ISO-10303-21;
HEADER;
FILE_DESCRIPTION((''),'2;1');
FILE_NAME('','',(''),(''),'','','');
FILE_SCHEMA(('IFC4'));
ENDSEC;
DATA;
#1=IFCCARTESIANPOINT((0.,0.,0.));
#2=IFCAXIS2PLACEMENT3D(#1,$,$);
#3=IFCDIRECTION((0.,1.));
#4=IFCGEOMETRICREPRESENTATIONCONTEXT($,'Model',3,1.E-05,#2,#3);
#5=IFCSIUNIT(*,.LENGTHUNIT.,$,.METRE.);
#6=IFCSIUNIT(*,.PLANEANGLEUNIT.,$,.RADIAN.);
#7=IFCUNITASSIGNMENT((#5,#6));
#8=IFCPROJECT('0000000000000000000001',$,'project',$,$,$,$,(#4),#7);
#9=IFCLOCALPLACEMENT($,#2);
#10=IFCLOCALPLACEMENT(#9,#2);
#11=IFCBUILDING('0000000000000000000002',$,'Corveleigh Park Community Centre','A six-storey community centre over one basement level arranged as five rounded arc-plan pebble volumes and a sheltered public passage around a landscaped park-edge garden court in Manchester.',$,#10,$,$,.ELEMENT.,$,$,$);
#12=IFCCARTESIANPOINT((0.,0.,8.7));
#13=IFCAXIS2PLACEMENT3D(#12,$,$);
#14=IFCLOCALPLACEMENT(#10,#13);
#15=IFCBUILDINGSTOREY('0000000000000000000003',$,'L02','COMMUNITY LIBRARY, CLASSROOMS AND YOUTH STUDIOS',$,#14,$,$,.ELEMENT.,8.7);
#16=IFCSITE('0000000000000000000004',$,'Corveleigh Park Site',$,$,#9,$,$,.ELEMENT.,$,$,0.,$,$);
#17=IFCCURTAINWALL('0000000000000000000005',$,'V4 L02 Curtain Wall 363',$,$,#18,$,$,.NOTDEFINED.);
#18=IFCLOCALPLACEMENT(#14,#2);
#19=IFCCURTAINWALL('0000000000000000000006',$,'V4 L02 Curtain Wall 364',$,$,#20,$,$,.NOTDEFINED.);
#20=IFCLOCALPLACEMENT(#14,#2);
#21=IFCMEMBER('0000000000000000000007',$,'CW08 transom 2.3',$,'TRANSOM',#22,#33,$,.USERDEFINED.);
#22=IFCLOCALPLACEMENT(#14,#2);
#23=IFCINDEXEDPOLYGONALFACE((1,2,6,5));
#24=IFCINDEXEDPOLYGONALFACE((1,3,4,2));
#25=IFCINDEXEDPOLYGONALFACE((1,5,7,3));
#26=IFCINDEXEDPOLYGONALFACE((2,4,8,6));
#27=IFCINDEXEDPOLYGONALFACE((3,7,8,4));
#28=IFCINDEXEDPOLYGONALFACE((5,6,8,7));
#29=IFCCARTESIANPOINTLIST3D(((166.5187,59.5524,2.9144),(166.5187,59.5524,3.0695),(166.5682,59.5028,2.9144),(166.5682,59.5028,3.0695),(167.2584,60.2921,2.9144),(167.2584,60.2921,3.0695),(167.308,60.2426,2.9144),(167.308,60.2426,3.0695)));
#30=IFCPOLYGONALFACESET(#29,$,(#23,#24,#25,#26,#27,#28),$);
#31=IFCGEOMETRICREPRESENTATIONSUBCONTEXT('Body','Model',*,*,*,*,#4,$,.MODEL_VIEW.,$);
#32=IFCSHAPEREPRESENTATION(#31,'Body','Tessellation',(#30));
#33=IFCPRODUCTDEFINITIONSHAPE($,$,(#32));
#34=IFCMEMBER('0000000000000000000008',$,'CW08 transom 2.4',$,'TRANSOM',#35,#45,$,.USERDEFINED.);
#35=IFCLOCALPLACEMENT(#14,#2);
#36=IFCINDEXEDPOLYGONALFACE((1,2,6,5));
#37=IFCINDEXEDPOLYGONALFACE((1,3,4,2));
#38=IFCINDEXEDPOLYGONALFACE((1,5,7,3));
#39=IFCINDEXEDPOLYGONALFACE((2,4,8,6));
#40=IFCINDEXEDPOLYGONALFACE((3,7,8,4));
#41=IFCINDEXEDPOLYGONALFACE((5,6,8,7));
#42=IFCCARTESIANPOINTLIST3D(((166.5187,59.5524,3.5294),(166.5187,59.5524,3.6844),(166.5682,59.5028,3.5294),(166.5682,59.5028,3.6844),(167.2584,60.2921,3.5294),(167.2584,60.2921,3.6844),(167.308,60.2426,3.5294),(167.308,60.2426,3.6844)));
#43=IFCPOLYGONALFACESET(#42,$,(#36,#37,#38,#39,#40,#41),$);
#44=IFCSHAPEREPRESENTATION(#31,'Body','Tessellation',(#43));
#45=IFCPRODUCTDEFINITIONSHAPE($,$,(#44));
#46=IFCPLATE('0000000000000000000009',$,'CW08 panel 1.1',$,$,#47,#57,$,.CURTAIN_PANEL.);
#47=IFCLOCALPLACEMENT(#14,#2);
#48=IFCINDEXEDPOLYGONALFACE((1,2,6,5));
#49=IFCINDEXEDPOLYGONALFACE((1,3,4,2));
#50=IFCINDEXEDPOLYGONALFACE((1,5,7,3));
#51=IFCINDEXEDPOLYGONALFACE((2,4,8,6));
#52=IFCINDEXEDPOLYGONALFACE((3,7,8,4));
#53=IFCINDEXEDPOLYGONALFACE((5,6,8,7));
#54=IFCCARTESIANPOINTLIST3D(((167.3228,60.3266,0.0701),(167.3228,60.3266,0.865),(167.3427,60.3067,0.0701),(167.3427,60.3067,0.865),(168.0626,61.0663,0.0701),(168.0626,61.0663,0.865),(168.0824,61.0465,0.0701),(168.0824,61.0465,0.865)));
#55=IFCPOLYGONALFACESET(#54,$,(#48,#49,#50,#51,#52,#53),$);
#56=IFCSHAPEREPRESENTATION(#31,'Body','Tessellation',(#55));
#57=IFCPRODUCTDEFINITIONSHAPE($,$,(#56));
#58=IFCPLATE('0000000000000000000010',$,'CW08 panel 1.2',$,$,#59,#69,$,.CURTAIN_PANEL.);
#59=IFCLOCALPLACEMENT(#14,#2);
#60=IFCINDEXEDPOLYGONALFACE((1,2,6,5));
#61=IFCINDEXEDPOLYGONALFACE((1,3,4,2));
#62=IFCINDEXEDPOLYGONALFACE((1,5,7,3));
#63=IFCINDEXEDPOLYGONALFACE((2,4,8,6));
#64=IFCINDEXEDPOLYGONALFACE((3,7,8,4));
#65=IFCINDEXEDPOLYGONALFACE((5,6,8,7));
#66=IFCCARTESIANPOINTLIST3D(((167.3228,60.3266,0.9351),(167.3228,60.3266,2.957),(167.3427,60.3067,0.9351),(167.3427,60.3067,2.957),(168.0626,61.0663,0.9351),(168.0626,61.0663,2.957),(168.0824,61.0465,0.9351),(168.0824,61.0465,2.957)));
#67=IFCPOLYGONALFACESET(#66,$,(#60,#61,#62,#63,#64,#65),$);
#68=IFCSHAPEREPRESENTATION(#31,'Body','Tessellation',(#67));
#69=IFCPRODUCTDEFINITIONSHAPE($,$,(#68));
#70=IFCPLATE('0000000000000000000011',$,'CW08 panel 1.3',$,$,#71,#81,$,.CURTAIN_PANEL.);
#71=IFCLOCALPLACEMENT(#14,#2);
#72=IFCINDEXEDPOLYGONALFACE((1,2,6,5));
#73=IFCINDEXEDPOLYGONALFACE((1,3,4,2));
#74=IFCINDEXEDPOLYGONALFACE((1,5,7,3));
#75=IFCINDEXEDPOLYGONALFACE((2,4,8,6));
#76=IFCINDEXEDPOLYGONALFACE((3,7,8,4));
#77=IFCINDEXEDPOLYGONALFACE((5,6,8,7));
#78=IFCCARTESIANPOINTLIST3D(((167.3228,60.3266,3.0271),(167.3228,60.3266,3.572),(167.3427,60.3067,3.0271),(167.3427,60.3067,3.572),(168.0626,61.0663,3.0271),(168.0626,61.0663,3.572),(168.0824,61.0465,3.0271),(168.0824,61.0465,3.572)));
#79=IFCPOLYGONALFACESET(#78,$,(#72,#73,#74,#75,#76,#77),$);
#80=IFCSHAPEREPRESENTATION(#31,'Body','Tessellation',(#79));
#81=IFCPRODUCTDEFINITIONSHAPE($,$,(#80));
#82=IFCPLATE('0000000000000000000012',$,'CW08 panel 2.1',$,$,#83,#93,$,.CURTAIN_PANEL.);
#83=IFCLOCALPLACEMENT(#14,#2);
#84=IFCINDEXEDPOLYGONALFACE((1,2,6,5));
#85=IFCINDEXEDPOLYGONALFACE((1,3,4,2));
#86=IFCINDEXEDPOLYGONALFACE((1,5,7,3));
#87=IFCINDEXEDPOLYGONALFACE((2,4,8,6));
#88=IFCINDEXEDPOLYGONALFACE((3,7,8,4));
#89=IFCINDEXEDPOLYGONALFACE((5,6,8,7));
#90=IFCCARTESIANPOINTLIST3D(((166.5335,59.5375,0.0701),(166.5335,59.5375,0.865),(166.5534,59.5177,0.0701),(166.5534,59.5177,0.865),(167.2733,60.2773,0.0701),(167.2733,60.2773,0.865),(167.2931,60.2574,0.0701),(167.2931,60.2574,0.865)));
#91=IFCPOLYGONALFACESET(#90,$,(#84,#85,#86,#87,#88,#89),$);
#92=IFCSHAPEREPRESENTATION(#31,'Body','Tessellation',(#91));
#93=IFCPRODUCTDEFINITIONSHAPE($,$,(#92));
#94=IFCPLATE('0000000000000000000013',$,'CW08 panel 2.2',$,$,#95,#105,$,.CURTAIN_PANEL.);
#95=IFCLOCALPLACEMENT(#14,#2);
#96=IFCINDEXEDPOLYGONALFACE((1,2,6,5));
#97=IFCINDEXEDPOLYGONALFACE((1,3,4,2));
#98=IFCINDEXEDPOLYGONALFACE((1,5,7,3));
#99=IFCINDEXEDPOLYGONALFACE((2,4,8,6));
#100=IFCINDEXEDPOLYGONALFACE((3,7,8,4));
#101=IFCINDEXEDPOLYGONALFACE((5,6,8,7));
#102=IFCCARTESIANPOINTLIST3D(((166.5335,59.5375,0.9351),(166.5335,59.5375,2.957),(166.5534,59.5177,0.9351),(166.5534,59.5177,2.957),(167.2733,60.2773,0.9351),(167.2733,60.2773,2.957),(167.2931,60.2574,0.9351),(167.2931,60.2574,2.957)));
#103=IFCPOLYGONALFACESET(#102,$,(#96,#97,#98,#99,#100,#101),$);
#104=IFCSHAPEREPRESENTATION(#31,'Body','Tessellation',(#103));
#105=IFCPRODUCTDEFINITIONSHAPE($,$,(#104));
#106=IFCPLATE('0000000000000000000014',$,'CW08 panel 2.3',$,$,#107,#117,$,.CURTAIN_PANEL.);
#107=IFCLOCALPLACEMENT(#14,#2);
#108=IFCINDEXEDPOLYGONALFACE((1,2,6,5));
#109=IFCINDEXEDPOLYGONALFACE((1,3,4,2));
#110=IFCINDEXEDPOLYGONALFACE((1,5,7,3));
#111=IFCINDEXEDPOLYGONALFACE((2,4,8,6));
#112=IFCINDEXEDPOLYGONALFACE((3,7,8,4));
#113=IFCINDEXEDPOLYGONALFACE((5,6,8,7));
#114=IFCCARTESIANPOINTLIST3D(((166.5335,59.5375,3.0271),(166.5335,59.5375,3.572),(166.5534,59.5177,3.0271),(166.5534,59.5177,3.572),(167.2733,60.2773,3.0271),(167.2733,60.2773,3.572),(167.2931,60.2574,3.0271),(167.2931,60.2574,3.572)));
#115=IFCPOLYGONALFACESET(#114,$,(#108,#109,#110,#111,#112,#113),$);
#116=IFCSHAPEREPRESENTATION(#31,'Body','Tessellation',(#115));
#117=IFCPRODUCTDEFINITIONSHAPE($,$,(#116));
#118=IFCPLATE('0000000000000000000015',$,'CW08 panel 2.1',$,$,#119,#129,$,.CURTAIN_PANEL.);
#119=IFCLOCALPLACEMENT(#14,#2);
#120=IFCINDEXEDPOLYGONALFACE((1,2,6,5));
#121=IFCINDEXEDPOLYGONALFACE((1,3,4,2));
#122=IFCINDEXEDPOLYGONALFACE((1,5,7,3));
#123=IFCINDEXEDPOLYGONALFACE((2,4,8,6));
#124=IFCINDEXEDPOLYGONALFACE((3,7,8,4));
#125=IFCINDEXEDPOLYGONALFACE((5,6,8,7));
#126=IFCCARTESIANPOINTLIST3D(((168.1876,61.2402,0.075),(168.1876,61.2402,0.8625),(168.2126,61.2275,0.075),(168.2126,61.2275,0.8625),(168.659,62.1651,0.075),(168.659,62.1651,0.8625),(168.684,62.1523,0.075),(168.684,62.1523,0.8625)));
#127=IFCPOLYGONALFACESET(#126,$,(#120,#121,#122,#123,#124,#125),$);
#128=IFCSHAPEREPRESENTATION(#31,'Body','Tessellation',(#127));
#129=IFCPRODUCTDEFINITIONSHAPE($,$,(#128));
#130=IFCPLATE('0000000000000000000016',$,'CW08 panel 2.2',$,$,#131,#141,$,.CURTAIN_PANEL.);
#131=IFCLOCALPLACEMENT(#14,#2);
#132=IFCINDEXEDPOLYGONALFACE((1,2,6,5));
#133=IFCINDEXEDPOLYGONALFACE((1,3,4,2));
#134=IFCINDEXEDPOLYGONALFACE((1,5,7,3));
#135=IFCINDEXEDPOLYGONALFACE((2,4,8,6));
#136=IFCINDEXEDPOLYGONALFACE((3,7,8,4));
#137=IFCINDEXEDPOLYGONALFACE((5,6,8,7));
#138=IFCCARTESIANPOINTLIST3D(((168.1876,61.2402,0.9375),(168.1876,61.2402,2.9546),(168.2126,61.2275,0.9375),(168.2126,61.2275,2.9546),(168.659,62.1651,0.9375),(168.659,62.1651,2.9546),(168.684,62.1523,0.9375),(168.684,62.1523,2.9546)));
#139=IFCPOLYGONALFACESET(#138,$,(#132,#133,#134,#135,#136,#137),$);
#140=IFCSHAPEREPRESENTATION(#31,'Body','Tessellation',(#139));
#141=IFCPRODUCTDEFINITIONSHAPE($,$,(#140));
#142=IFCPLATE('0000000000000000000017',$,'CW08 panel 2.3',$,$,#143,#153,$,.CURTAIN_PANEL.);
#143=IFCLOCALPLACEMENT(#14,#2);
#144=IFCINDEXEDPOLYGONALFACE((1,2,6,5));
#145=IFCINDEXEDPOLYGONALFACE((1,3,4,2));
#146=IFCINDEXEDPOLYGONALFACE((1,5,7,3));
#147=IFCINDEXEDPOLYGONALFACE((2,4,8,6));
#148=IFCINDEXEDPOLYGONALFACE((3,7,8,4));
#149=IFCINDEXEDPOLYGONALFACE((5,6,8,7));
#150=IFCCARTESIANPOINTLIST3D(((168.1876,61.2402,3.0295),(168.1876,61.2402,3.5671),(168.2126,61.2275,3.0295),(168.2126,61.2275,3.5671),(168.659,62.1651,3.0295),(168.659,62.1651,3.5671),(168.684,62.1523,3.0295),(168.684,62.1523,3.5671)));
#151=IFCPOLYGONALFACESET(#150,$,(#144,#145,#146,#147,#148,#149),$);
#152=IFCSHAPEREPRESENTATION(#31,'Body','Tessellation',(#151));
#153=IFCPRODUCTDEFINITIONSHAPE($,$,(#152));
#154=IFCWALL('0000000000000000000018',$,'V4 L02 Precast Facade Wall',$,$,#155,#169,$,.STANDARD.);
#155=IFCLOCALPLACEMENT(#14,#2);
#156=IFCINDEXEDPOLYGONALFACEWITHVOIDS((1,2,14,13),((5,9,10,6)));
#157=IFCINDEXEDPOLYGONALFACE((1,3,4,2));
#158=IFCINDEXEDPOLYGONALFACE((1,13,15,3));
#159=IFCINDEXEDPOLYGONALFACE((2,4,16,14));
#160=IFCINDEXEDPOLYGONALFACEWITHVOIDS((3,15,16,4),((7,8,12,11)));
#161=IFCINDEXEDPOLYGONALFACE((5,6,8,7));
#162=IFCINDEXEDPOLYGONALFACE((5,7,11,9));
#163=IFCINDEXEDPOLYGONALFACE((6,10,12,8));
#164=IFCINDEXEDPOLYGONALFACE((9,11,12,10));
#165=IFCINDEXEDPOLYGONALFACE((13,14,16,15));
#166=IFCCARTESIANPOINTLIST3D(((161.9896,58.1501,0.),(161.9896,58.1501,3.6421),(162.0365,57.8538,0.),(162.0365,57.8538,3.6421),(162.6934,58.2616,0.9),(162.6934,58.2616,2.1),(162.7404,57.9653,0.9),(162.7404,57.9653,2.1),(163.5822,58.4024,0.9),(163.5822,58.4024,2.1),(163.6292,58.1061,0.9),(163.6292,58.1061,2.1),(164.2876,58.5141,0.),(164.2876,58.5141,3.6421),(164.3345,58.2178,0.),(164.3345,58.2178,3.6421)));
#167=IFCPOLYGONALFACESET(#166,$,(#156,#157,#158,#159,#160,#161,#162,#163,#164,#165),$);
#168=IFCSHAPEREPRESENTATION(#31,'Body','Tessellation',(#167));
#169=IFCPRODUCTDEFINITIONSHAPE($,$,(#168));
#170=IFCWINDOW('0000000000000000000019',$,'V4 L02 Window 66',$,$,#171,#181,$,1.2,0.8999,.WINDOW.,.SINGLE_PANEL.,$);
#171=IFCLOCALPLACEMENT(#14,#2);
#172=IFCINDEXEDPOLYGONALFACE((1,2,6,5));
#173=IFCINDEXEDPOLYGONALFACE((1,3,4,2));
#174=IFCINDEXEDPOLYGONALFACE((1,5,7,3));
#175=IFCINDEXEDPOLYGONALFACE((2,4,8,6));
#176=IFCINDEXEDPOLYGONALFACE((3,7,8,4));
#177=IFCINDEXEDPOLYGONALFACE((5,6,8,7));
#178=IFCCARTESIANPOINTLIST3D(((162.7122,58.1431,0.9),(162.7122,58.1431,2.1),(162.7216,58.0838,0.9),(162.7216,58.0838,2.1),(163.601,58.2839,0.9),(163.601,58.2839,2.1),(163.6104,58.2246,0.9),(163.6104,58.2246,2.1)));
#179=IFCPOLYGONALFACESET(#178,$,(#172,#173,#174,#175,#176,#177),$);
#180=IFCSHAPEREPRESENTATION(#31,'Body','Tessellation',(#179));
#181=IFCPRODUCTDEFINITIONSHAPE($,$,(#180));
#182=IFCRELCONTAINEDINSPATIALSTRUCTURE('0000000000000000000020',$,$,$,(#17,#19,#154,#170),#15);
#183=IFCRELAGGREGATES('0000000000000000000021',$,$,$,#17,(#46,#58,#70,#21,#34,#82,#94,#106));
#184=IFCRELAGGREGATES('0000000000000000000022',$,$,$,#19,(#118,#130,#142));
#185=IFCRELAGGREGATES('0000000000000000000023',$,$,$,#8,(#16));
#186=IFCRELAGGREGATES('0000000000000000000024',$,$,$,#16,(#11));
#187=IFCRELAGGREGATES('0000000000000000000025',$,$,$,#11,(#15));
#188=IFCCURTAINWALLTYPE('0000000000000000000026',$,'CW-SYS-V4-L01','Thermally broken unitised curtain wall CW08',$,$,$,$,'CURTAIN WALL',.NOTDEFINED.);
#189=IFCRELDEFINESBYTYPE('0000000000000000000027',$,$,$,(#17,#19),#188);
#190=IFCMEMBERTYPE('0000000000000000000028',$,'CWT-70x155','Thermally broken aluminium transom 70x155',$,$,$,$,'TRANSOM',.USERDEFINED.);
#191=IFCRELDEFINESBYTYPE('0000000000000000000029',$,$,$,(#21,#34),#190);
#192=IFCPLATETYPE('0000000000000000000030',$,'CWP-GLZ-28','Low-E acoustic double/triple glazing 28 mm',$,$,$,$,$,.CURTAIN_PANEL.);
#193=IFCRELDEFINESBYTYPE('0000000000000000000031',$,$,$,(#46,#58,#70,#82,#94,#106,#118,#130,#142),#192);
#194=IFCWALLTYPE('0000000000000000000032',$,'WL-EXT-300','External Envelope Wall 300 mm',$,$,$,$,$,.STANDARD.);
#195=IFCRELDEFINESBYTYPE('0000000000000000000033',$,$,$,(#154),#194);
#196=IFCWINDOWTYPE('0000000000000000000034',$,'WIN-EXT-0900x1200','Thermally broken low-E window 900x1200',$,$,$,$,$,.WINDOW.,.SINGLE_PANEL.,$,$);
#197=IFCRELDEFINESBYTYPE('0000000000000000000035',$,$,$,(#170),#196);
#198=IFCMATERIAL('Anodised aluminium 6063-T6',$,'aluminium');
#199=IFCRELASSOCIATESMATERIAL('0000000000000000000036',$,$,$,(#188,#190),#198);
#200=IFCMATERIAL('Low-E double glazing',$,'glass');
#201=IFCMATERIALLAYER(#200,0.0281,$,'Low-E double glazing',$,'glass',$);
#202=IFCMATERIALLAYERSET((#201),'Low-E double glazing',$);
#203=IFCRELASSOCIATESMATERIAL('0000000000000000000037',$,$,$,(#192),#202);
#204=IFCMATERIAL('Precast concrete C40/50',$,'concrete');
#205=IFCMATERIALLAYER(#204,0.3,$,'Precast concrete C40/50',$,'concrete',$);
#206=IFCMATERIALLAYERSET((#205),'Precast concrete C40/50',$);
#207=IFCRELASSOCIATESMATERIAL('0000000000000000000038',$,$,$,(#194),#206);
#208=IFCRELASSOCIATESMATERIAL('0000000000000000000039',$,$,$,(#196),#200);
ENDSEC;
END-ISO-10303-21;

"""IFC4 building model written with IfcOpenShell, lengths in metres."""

from ifc_helpers import new_model, si_unit, direction, frame, frame_2d, origin, origin_2d, place, context, subcontext, project, spatial, rectangle, extrude, material, layer, layer_set, material_profile, profile_set, type_object, element, fill, aggregate, save


model = new_model("IFC4")

# Units and contexts
model_context = context("Model", 3, precision=1e-05, world=origin(), true_north=direction((0.0, 1.0)))
body_context = subcontext(model_context, "Body", "Model", "MODEL_VIEW")
ifc_project = project(units=[si_unit("LENGTHUNIT", "METRE"), si_unit("PLANEANGLEUNIT", "RADIAN")], contexts=[model_context])

# Site, building, storey
site_placement = place(None, origin())
site = spatial("IfcSite", under=ifc_project, at=site_placement, Name="Corveleigh Park Site", CompositionType="ELEMENT", RefElevation=0.0)
building_placement = place(site_placement, origin())
building = spatial("IfcBuilding", under=site, at=building_placement, Name="Corveleigh Park Community Centre", Description="A six-storey community centre over one basement level arranged as five rounded arc-plan pebble volumes and a sheltered public passage around a landscaped park-edge garden court in Manchester.", CompositionType="ELEMENT")
storey_placement = place(building_placement, frame((0.0, 0.0, 8.7)))
storey = spatial("IfcBuildingStorey", under=building, at=storey_placement, Name="L02", Description="COMMUNITY LIBRARY, CLASSROOMS AND YOUTH STUDIOS", CompositionType="ELEMENT", Elevation=8.7)

# Curtain wall
ifc_material_1 = material(Name="Anodised aluminium 6063-T6", Category="aluminium")
curtain_wall_type = type_object("IfcCurtainWallType", Name="CW-SYS-V4-L01", Description="Thermally broken unitised curtain wall CW08", ElementType="CURTAIN WALL", PredefinedType="NOTDEFINED", material=ifc_material_1)
curtain_wall_1_placement = place(storey_placement, origin())
curtain_wall_1 = element("IfcCurtainWall", 1, at=curtain_wall_1_placement, inside=storey, type_object=curtain_wall_type, Name="V4 L02 Curtain Wall 363", PredefinedType="NOTDEFINED")

# Curtain wall
curtain_wall_2_placement = place(storey_placement, origin())
curtain_wall_2 = element("IfcCurtainWall", 2, at=curtain_wall_2_placement, inside=storey, type_object=curtain_wall_type, Name="V4 L02 Curtain Wall 364", PredefinedType="NOTDEFINED")

# Members
ifc_material_profile_1 = material_profile(ifc_material_1, rectangle(XDim=0.0701, YDim=0.155, at=origin_2d()), Name="ALU-T70x155", Category="aluminium")
ifc_profile_set_1 = profile_set([ifc_material_profile_1], Name="Anodised aluminium 6063-T6")
member_type_1 = type_object("IfcMemberType", Name="CWT-70x155", Description="Thermally broken aluminium transom 70x155", ElementType="TRANSOM", PredefinedType="USERDEFINED", material=ifc_profile_set_1)
member_1_placement = place(storey_placement, frame((167.2832, 60.2673, 2.9919), z_axis=(-0.707107, -0.707107, 0.0), x_axis=(0.707107, -0.707107, 0.0)))
member_1 = element("IfcMember", 3, at=member_1_placement, type_object=member_type_1, Name="CW08 transom 2.3", ObjectType="TRANSOM", PredefinedType="USERDEFINED", context=body_context, shape_type="SweptSolid", body=[
    extrude(rectangle(XDim=0.0701, YDim=0.155, at=origin_2d()), origin(), (0.0, 0.0, 1.0), 1.0461),
])
member_2_placement = place(storey_placement, frame((167.2832, 60.2673, 3.6069), z_axis=(-0.707107, -0.707107, 0.0), x_axis=(0.707107, -0.707107, 0.0)))
member_2 = element("IfcMember", 4, at=member_2_placement, type_object=member_type_1, Name="CW08 transom 2.4", ObjectType="TRANSOM", PredefinedType="USERDEFINED", context=body_context, shape_type="SweptSolid", body=[
    extrude(rectangle(XDim=0.0701, YDim=0.155, at=origin_2d()), origin(), (0.0, 0.0, 1.0), 1.0461),
])

# Plates
ifc_material_2 = material(Name="Low-E double glazing", Category="glass")
ifc_layer_1 = layer(ifc_material_2, 0.0281, Name="Low-E double glazing", Category="glass")
ifc_layer_set_1 = layer_set([ifc_layer_1], Name="Low-E double glazing")
plate_type = type_object("IfcPlateType", Name="CWP-GLZ-28", Description="Low-E acoustic double/triple glazing 28 mm", PredefinedType="CURTAIN_PANEL", material=ifc_layer_set_1)
plate_1_placement = place(storey_placement, frame((167.7026, 60.6865, 0.0701), z_axis=(0.0, 0.0, 1.0), x_axis=(-0.707107, -0.707107, 0.0)))
plate_1 = element("IfcPlate", 5, at=plate_1_placement, type_object=plate_type, Name="CW08 panel 1.1", PredefinedType="CURTAIN_PANEL", context=body_context, shape_type="SweptSolid", body=[
    extrude(rectangle(XDim=1.0461, YDim=0.0281, at=origin_2d()), origin(), (0.0, 0.0, 1.0), 0.7949),
])
plate_2_placement = place(storey_placement, frame((167.7026, 60.6865, 0.9351), z_axis=(0.0, 0.0, 1.0), x_axis=(-0.707107, -0.707107, 0.0)))
plate_2 = element("IfcPlate", 6, at=plate_2_placement, type_object=plate_type, Name="CW08 panel 1.2", PredefinedType="CURTAIN_PANEL", context=body_context, shape_type="SweptSolid", body=[
    extrude(rectangle(XDim=1.0461, YDim=0.0281, at=origin_2d()), origin(), (0.0, 0.0, 1.0), 2.022),
])
plate_3_placement = place(storey_placement, frame((167.7026, 60.6865, 3.0271), z_axis=(0.0, 0.0, 1.0), x_axis=(-0.707107, -0.707107, 0.0)))
plate_3 = element("IfcPlate", 7, at=plate_3_placement, type_object=plate_type, Name="CW08 panel 1.3", PredefinedType="CURTAIN_PANEL", context=body_context, shape_type="SweptSolid", body=[
    extrude(rectangle(XDim=1.0461, YDim=0.0281, at=origin_2d()), origin(), (0.0, 0.0, 1.0), 0.5449),
])
plate_4_placement = place(storey_placement, frame((166.9133, 59.8975, 0.0701), z_axis=(0.0, 0.0, 1.0), x_axis=(-0.707107, -0.707107, 0.0)))
plate_4 = element("IfcPlate", 8, at=plate_4_placement, type_object=plate_type, Name="CW08 panel 2.1", PredefinedType="CURTAIN_PANEL", context=body_context, shape_type="SweptSolid", body=[
    extrude(rectangle(XDim=1.0461, YDim=0.0281, at=origin_2d()), origin(), (0.0, 0.0, 1.0), 0.7949),
])
plate_5_placement = place(storey_placement, frame((166.9133, 59.8975, 0.9351), z_axis=(0.0, 0.0, 1.0), x_axis=(-0.707107, -0.707107, 0.0)))
plate_5 = element("IfcPlate", 9, at=plate_5_placement, type_object=plate_type, Name="CW08 panel 2.2", PredefinedType="CURTAIN_PANEL", context=body_context, shape_type="SweptSolid", body=[
    extrude(rectangle(XDim=1.0461, YDim=0.0281, at=origin_2d()), origin(), (0.0, 0.0, 1.0), 2.022),
])
plate_6_placement = place(storey_placement, frame((166.9133, 59.8975, 3.0271), z_axis=(0.0, 0.0, 1.0), x_axis=(-0.707107, -0.707107, 0.0)))
plate_6 = element("IfcPlate", 10, at=plate_6_placement, type_object=plate_type, Name="CW08 panel 2.3", PredefinedType="CURTAIN_PANEL", context=body_context, shape_type="SweptSolid", body=[
    extrude(rectangle(XDim=1.0461, YDim=0.0281, at=origin_2d()), origin(), (0.0, 0.0, 1.0), 0.5449),
])
aggregate(curtain_wall_1, [plate_1, plate_2, plate_3, member_1, member_2, plate_4, plate_5, plate_6])
plate_7_placement = place(storey_placement, frame((168.4358, 61.6963, 0.075), z_axis=(0.0, 0.0, 1.0), x_axis=(-0.454154, -0.890923, 0.0)))
plate_7 = element("IfcPlate", 11, at=plate_7_placement, type_object=plate_type, Name="CW08 panel 2.1", PredefinedType="CURTAIN_PANEL", context=body_context, shape_type="SweptSolid", body=[
    extrude(rectangle(XDim=1.0381, YDim=0.0281, at=origin_2d()), origin(), (0.0, 0.0, 1.0), 0.7876),
])
plate_8_placement = place(storey_placement, frame((168.4358, 61.6963, 0.9375), z_axis=(0.0, 0.0, 1.0), x_axis=(-0.454154, -0.890923, 0.0)))
plate_8 = element("IfcPlate", 12, at=plate_8_placement, type_object=plate_type, Name="CW08 panel 2.2", PredefinedType="CURTAIN_PANEL", context=body_context, shape_type="SweptSolid", body=[
    extrude(rectangle(XDim=1.0381, YDim=0.0281, at=origin_2d()), origin(), (0.0, 0.0, 1.0), 2.0171),
])
plate_9_placement = place(storey_placement, frame((168.4358, 61.6963, 3.0295), z_axis=(0.0, 0.0, 1.0), x_axis=(-0.454154, -0.890923, 0.0)))
plate_9 = element("IfcPlate", 13, at=plate_9_placement, type_object=plate_type, Name="CW08 panel 2.3", PredefinedType="CURTAIN_PANEL", context=body_context, shape_type="SweptSolid", body=[
    extrude(rectangle(XDim=1.0381, YDim=0.0281, at=origin_2d()), origin(), (0.0, 0.0, 1.0), 0.5376),
])
aggregate(curtain_wall_2, [plate_7, plate_8, plate_9])

# Wall, opening, window
ifc_material_3 = material(Name="Precast concrete C40/50", Category="concrete")
ifc_layer_2 = layer(ifc_material_3, 0.3, Name="Precast concrete C40/50", Category="concrete")
ifc_layer_set_2 = layer_set([ifc_layer_2], Name="Precast concrete C40/50")
wall_type_1 = type_object("IfcWallType", Name="WL-EXT-300", Description="External Envelope Wall 300 mm", PredefinedType="STANDARD", material=ifc_layer_set_2)
wall_1_placement = place(storey_placement, frame((164.311, 58.366, 0.0), z_axis=(0.0, 0.0, 1.0), x_axis=(-0.987686, -0.156447, 0.0)))
wall_1 = element("IfcWall", 14, at=wall_1_placement, inside=storey, type_object=wall_type_1, Name="V4 L02 Precast Facade Wall", PredefinedType="STANDARD", context=body_context, shape_type="SweptSolid", body=[
    extrude(rectangle(XDim=2.3267, YDim=0.3, at=frame_2d((1.1633, 0.0))), origin(), (0.0, 0.0, 1.0), 3.6421),
])
opening_placement = place(wall_1_placement, frame((0.7141, 0.0, 0.8999)))
opening = element("IfcOpeningElement", 15, at=opening_placement, cuts=wall_1, PredefinedType="OPENING", context=body_context, shape_type="SweptSolid", body=[
    extrude(rectangle(XDim=0.8999, YDim=1.2, at=frame_2d((0.45, 0.6001))), frame((0.0, 0.1599, 0.0), z_axis=(0.0, -1.0, 0.0), x_axis=(1.0, 0.0, 0.0)), (0.0, 0.0, 1.0), 0.3201),
])
window_type = type_object("IfcWindowType", Name="WIN-EXT-0900x1200", Description="Thermally broken low-E window 900x1200", PartitioningType="SINGLE_PANEL", PredefinedType="WINDOW", material=ifc_material_2)
window_placement = place(opening_placement, origin())
window = element("IfcWindow", 16, at=window_placement, inside=storey, type_object=window_type, Name="V4 L02 Window 66", OverallHeight=1.2, OverallWidth=0.8999, PartitioningType="SINGLE_PANEL", PredefinedType="WINDOW", context=body_context, shape_type="SweptSolid", body=[
    extrude(rectangle(XDim=0.8999, YDim=1.2, at=frame_2d((0.45, 0.6001))), frame((0.0, 0.03, 0.0), z_axis=(0.0, -1.0, 0.0), x_axis=(1.0, 0.0, 0.0)), (0.0, 0.0, 1.0), 0.0601),
])
fill(opening, window)

save(model, "model.ifc")
